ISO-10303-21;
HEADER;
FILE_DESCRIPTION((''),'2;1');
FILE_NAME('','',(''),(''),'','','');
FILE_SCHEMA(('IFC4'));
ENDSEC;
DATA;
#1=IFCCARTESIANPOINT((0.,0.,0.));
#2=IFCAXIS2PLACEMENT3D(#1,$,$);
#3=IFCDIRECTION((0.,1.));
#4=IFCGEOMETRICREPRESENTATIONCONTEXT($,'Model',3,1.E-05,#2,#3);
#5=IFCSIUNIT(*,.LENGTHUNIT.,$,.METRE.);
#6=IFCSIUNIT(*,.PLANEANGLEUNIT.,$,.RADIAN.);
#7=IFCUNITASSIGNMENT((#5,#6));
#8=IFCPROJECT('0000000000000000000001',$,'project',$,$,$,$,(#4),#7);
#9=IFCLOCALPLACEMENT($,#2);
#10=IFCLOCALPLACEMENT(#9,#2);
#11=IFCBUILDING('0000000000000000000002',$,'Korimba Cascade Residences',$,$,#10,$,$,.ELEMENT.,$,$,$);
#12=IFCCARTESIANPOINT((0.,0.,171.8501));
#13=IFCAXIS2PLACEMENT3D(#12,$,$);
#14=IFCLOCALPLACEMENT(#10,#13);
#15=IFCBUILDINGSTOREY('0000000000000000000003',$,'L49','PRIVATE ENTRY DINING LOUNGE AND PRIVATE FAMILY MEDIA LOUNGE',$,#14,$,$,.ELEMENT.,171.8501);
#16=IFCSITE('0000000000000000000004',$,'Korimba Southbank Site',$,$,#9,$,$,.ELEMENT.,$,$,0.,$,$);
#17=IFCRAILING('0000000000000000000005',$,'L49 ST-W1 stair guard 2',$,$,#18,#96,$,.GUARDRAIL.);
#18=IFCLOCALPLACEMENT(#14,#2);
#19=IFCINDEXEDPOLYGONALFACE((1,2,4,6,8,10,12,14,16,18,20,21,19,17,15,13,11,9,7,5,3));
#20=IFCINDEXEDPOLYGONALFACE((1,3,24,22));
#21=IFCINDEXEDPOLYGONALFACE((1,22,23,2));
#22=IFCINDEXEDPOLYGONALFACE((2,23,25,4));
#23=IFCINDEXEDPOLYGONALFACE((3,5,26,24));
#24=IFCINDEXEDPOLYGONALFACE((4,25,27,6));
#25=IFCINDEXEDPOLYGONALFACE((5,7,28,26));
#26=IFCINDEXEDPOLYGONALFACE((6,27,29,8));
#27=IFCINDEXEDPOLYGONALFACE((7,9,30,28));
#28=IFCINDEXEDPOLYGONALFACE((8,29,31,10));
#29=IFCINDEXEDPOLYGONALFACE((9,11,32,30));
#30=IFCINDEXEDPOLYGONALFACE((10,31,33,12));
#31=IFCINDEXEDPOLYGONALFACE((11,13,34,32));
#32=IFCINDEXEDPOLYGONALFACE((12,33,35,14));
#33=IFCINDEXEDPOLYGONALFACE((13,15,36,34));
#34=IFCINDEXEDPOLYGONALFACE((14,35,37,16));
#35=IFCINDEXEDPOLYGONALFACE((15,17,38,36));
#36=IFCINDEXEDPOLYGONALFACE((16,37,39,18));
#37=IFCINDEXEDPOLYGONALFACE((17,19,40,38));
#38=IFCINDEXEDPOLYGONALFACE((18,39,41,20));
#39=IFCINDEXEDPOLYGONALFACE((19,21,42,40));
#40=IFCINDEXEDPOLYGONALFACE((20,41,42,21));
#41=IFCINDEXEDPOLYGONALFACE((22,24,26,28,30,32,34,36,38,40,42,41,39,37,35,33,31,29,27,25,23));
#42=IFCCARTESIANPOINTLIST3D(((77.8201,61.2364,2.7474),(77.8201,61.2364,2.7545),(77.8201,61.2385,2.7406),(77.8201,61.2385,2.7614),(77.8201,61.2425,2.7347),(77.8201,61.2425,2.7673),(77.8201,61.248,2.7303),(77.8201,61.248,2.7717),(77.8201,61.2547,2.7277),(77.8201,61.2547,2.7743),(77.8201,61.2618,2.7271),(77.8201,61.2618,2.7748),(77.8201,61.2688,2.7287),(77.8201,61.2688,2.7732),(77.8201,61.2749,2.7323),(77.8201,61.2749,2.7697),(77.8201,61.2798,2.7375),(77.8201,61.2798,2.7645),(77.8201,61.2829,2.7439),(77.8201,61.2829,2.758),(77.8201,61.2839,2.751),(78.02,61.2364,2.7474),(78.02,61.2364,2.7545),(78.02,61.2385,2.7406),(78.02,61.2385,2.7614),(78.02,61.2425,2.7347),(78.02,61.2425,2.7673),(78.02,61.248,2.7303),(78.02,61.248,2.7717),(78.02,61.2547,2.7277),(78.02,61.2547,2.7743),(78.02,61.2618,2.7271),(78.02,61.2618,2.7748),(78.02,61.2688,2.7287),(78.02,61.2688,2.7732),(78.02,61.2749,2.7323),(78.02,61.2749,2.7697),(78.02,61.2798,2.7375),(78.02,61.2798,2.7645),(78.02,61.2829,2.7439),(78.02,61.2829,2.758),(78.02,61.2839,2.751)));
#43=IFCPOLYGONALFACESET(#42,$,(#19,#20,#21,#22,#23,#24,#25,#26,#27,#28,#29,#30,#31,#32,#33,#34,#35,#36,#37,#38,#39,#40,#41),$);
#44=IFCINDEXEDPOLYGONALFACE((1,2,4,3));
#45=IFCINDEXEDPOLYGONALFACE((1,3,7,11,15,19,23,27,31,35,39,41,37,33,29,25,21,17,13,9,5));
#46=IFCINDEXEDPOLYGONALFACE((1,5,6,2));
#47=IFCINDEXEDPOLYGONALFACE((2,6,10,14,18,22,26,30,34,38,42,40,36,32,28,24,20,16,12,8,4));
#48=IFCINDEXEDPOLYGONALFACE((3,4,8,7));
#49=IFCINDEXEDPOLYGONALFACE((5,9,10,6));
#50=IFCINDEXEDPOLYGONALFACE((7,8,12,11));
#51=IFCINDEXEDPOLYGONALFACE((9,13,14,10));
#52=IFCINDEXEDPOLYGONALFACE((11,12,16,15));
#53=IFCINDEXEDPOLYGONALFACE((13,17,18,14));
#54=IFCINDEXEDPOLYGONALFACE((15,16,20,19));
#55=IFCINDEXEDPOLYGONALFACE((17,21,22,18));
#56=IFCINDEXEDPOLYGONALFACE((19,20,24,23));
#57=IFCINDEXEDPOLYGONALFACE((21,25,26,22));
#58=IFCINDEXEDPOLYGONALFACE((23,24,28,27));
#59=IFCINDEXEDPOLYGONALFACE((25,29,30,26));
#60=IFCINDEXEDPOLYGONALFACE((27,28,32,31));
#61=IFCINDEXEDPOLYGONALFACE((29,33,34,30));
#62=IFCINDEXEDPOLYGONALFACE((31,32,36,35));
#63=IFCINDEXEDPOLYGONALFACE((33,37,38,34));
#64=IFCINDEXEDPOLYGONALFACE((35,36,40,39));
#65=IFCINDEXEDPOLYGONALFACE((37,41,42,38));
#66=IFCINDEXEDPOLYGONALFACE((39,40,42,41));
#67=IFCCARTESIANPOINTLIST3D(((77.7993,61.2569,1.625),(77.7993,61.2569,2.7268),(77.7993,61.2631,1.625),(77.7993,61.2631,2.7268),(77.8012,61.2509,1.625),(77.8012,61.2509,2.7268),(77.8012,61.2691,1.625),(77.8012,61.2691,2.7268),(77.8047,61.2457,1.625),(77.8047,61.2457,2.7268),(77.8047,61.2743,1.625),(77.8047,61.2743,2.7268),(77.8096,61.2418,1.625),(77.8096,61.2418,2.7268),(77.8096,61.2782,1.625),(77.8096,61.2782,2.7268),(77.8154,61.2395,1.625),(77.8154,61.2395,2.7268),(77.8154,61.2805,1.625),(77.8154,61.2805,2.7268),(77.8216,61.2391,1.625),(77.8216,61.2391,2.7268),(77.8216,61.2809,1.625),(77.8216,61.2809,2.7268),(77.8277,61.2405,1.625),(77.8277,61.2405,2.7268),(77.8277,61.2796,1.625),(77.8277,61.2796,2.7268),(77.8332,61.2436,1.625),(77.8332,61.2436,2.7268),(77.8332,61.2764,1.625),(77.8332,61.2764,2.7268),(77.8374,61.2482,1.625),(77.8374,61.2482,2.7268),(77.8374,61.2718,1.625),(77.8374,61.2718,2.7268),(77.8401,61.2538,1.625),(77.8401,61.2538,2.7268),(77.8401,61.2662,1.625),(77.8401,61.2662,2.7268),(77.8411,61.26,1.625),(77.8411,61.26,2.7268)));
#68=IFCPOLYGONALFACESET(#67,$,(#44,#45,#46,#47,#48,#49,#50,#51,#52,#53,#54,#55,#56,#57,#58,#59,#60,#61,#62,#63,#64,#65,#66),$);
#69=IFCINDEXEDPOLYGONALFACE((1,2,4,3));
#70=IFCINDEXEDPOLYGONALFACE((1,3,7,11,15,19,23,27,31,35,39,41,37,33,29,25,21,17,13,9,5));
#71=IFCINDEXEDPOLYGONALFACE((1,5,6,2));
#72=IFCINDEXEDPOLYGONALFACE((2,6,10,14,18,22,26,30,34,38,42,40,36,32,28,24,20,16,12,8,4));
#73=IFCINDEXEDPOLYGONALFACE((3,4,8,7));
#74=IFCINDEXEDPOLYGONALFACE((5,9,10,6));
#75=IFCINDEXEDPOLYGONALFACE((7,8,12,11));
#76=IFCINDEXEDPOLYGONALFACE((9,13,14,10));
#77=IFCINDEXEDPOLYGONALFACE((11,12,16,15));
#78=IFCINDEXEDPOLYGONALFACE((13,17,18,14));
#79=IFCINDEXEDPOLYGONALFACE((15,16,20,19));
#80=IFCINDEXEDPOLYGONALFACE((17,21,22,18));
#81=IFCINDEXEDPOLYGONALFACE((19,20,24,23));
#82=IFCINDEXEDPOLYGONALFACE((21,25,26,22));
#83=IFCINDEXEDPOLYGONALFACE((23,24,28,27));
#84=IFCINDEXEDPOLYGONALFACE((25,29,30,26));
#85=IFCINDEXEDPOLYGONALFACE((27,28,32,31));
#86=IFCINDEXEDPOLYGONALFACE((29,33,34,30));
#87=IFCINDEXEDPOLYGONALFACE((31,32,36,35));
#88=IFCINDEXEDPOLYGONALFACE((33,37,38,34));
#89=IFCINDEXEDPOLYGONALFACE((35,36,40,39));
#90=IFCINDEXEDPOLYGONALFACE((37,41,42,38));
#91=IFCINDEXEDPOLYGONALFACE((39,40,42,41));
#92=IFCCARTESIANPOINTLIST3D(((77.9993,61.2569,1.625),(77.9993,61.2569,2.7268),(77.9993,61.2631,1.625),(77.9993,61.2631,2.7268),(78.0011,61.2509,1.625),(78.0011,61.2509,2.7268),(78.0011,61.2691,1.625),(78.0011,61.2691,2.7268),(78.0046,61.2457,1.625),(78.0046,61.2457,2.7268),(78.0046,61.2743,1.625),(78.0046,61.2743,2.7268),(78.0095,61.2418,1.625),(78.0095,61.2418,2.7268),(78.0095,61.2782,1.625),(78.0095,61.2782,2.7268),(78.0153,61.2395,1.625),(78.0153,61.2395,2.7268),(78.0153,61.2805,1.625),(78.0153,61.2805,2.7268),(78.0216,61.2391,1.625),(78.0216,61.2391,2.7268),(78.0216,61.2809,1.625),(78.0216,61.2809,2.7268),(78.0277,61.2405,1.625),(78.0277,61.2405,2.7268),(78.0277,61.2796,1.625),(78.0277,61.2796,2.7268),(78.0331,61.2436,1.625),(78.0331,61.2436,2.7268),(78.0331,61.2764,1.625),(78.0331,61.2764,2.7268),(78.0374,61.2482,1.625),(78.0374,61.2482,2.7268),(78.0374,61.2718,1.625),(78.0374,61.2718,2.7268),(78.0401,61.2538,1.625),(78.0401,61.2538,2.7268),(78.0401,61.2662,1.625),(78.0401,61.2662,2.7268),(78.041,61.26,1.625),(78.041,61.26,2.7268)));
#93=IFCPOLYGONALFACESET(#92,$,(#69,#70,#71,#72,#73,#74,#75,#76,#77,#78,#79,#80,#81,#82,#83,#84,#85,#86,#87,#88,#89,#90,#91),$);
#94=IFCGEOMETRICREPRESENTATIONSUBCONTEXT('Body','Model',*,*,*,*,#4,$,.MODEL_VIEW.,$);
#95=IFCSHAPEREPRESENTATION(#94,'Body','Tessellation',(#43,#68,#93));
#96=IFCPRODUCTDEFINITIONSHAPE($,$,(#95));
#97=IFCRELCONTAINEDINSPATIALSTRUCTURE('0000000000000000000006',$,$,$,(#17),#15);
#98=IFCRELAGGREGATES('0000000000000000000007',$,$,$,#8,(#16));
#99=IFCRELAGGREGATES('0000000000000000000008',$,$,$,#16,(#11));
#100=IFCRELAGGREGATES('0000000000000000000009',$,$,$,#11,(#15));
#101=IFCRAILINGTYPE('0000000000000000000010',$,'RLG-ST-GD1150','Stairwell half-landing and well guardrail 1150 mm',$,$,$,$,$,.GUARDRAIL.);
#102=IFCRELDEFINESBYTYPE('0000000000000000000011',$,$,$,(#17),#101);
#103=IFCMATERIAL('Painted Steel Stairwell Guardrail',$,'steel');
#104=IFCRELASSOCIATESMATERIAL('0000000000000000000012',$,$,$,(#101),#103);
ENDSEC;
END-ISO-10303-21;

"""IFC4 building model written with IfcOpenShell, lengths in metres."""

from ifc_helpers import new_model, si_unit, direction, frame, origin, origin_2d, place, context, subcontext, project, spatial, circle, extrude, material, type_object, element, save


model = new_model("IFC4")

# Units and contexts
model_context = context("Model", 3, precision=1e-05, world=origin(), true_north=direction((0.0, 1.0)))
body_context = subcontext(model_context, "Body", "Model", "MODEL_VIEW")
ifc_project = project(units=[si_unit("LENGTHUNIT", "METRE"), si_unit("PLANEANGLEUNIT", "RADIAN")], contexts=[model_context])

# Site, building, storey
site_placement = place(None, origin())
site = spatial("IfcSite", under=ifc_project, at=site_placement, Name="Korimba Southbank Site", CompositionType="ELEMENT", RefElevation=0.0)
building_placement = place(site_placement, origin())
building = spatial("IfcBuilding", under=site, at=building_placement, Name="Korimba Cascade Residences", CompositionType="ELEMENT")
storey_placement = place(building_placement, frame((0.0, 0.0, 171.8501)))
storey = spatial("IfcBuildingStorey", under=building, at=storey_placement, Name="L49", Description="PRIVATE ENTRY DINING LOUNGE AND PRIVATE FAMILY MEDIA LOUNGE", CompositionType="ELEMENT", Elevation=171.8501)

# Railing
ifc_material_1 = material(Name="Painted Steel Stairwell Guardrail", Category="steel")
railing_type_1 = type_object("IfcRailingType", Name="RLG-ST-GD1150", Description="Stairwell half-landing and well guardrail 1150 mm", PredefinedType="GUARDRAIL", material=ifc_material_1)
railing_1_placement = place(storey_placement, frame((77.8201, 61.26, 1.625)))
element("IfcRailing", 1, at=railing_1_placement, inside=storey, type_object=railing_type_1, Name="L49 ST-W1 stair guard 2", PredefinedType="GUARDRAIL", context=body_context, shape_type="SweptSolid", body=[
    extrude(circle(Radius=0.0239, at=origin_2d()), frame((0.0, 0.0, 1.126), z_axis=(1.0, 0.0, 0.0), x_axis=(0.0, 1.0, 0.0)), (0.0, 0.0, 1.0), 0.2),
    extrude(circle(Radius=0.021, at=origin_2d()), origin(), (0.0, 0.0, 1.0), 1.1018),
    extrude(circle(Radius=0.021, at=origin_2d()), frame((0.2, 0.0, 0.0)), (0.0, 0.0, 1.0), 1.1018),
])

save(model, "model.ifc")
